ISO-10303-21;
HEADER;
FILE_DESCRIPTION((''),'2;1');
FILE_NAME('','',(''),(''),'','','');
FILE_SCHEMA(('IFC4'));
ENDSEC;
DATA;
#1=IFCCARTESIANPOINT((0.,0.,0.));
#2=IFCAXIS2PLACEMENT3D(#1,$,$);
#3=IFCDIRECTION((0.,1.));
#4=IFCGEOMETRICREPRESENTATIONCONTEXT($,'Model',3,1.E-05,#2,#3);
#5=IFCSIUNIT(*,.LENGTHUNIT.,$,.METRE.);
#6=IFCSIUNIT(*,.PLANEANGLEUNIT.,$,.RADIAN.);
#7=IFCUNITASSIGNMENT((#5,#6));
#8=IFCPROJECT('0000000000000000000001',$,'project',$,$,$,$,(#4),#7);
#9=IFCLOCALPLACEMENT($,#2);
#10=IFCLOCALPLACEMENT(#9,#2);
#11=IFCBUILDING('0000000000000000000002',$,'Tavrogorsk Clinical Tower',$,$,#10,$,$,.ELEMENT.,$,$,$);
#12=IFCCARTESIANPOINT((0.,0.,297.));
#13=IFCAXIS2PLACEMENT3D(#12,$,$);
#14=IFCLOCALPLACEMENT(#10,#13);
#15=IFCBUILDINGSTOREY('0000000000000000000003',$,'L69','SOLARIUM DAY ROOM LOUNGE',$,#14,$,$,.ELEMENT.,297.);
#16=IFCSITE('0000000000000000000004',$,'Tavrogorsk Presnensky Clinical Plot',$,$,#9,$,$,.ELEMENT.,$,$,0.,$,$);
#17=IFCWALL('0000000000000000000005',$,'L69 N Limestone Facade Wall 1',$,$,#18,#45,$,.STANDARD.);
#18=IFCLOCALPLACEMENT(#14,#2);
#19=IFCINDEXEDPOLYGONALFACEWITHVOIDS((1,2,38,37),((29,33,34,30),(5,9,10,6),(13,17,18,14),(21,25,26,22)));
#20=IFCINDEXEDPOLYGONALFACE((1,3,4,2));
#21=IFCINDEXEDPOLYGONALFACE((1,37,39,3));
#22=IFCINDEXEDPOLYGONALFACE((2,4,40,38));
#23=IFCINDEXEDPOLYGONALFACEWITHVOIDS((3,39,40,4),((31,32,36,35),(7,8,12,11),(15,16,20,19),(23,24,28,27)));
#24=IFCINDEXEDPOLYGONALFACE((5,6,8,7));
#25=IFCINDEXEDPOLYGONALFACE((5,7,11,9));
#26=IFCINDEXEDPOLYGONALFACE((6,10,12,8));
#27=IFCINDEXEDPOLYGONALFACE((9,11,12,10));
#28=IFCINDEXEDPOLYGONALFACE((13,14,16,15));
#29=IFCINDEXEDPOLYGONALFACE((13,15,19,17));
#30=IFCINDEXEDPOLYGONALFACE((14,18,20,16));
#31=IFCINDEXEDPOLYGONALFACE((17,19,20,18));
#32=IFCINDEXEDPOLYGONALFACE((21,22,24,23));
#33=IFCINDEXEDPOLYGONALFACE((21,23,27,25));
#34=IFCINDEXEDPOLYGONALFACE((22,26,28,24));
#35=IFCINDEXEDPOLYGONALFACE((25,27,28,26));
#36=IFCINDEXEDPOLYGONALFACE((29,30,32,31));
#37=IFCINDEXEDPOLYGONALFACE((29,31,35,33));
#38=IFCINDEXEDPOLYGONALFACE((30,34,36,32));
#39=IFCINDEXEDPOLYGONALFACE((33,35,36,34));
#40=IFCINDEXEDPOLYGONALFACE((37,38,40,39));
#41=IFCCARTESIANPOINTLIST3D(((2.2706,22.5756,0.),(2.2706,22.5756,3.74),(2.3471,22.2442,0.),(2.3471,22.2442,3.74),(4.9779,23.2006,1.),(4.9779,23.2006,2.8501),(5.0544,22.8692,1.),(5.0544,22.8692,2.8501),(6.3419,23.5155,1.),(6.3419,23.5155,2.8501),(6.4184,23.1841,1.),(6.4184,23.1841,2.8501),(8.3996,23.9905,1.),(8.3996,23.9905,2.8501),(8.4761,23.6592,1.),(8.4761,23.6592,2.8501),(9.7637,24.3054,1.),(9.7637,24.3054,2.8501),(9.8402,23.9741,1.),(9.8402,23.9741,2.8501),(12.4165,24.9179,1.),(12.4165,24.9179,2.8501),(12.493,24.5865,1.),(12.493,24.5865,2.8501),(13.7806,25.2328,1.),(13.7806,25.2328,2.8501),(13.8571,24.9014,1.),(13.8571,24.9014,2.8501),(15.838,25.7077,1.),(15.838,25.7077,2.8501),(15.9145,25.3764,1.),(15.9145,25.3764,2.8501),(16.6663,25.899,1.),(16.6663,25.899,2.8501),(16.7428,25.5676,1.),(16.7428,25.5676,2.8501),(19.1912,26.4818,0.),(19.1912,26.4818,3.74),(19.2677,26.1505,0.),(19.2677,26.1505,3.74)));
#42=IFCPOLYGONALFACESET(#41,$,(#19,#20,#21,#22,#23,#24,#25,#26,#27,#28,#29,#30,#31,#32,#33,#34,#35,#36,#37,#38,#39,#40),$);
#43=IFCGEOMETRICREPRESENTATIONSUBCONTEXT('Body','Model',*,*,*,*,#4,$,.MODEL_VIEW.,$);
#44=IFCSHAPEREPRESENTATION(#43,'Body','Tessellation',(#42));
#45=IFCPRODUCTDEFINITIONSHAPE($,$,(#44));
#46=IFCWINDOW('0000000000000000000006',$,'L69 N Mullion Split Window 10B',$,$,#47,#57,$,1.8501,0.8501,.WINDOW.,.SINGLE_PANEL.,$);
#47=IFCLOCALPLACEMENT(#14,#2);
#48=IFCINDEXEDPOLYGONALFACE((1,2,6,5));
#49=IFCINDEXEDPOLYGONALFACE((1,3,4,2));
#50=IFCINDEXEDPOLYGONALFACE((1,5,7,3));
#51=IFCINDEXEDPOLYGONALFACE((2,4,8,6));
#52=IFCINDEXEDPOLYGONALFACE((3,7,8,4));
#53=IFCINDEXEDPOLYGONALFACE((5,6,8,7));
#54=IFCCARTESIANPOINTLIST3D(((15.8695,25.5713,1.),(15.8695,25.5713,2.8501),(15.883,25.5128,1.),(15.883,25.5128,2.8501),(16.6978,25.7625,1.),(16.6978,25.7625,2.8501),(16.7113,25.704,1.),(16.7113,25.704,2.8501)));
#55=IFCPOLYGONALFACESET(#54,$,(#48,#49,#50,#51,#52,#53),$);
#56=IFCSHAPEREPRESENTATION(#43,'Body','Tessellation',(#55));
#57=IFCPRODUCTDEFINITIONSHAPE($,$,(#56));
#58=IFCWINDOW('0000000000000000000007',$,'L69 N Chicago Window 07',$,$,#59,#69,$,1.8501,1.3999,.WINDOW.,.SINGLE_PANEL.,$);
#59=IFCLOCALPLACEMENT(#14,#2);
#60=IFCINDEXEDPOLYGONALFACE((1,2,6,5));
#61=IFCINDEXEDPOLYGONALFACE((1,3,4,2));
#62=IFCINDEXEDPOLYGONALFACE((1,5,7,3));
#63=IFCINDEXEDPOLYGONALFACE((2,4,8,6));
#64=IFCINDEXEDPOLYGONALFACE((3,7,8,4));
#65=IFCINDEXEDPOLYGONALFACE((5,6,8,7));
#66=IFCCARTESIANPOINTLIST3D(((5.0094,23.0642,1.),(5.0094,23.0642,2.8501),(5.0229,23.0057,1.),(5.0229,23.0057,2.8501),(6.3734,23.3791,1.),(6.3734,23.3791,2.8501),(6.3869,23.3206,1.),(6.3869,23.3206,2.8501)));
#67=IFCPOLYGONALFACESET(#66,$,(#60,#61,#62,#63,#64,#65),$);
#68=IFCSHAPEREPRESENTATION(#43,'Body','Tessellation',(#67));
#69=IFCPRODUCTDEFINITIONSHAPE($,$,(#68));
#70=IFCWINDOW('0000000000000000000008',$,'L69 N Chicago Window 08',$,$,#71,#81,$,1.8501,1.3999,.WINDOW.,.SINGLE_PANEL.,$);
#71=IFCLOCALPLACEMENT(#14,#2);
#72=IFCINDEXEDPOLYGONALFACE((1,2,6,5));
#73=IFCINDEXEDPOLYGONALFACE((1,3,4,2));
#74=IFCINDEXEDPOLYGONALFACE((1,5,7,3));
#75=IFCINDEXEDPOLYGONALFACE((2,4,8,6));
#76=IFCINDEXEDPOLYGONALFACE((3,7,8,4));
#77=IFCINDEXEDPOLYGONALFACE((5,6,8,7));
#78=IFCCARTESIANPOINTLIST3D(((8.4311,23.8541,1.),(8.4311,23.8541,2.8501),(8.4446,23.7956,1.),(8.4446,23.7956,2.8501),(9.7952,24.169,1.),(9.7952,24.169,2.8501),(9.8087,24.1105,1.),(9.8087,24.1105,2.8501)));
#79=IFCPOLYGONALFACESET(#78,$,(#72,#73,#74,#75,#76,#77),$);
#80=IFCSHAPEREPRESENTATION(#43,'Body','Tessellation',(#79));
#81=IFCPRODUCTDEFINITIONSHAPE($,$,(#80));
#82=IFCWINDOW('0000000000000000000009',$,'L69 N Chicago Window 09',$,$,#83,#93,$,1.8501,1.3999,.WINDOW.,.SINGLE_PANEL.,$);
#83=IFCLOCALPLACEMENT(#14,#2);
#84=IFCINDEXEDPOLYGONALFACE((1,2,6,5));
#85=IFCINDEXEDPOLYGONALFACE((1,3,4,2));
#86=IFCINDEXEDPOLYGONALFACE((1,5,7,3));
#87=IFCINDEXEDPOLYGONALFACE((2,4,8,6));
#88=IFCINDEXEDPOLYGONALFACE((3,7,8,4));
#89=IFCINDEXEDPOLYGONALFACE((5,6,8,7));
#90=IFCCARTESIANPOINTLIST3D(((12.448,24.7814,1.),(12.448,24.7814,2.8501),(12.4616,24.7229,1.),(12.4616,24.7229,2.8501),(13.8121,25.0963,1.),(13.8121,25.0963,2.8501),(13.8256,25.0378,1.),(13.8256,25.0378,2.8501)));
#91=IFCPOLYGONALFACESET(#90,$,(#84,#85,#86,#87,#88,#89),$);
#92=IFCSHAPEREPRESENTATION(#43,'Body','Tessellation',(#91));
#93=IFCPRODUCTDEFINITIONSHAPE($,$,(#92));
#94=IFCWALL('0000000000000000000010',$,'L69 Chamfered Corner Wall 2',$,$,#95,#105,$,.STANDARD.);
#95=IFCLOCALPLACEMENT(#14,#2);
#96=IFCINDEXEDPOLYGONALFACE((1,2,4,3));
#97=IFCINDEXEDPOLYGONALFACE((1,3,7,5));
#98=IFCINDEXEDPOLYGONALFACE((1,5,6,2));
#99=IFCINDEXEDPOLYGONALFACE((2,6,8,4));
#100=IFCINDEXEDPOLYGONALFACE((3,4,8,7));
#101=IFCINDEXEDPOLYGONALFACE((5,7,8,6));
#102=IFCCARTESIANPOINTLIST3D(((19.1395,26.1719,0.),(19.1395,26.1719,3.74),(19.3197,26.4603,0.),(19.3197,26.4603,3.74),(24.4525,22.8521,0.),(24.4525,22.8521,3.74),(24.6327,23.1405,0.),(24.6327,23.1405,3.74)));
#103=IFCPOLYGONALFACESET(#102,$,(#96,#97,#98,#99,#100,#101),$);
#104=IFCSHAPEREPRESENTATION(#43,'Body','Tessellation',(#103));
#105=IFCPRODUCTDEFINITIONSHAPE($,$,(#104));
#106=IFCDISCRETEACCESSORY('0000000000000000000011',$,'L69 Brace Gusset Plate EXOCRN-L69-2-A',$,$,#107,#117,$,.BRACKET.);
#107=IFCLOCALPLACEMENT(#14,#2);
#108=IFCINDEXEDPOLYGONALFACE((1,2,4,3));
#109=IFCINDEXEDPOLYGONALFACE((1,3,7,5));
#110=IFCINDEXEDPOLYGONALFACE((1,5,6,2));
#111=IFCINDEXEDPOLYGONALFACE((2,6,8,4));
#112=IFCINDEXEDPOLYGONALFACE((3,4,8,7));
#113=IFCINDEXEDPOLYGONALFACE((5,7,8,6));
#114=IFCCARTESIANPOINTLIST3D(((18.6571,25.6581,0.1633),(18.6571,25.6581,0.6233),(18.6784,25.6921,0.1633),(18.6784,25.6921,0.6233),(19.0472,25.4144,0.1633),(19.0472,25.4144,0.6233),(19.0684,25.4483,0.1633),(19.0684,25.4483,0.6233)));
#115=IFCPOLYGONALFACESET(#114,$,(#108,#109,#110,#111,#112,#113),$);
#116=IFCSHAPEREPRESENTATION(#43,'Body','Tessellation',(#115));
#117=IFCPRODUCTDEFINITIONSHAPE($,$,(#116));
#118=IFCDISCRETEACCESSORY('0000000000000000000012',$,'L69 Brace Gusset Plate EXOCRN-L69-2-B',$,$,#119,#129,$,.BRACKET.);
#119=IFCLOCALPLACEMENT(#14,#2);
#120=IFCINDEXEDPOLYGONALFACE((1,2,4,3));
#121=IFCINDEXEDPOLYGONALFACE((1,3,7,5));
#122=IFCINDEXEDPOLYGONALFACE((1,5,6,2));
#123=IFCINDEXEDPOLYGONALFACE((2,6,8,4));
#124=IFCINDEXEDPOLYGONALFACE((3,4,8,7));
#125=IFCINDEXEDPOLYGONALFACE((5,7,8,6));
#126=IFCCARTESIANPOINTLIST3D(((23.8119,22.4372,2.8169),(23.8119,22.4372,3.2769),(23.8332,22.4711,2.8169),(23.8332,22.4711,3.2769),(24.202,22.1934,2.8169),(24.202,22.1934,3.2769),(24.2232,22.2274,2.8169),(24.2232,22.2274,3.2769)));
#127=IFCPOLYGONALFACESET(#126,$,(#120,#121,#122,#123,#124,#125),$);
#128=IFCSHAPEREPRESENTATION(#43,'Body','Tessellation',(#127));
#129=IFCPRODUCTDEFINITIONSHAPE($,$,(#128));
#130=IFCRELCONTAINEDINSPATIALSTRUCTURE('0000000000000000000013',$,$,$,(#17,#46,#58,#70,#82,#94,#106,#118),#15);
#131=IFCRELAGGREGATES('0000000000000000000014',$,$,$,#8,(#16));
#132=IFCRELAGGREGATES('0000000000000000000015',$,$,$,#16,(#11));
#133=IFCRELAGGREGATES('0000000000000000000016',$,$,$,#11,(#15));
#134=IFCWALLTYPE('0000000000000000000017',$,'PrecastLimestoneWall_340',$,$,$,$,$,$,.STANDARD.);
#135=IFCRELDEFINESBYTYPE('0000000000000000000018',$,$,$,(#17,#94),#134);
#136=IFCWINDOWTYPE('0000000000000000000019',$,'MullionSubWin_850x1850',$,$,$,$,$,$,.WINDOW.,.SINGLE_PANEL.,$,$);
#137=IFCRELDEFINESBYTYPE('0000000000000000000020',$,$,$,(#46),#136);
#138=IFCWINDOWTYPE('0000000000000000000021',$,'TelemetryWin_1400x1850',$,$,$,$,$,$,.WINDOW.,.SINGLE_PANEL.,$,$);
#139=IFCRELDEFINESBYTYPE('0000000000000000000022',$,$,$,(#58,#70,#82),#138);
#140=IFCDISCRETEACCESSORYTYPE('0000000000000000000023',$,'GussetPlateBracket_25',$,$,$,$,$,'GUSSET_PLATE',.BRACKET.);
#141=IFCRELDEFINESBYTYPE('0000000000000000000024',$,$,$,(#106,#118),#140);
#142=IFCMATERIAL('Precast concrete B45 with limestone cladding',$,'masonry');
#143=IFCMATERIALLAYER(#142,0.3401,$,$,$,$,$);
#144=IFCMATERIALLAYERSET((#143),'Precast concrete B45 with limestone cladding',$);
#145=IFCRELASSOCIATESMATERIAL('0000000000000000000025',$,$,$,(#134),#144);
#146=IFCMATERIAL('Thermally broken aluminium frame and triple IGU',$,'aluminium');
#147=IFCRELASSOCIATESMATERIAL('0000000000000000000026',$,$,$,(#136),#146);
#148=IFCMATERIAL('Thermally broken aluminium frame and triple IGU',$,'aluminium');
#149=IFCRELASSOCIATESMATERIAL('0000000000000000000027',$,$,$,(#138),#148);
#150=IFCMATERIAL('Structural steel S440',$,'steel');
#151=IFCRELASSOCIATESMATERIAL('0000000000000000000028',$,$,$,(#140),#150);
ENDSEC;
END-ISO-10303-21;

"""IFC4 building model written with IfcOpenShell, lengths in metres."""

from ifc_helpers import new_model, si_unit, direction, frame, frame_2d, origin, origin_2d, place, context, subcontext, project, spatial, rectangle, extrude, material, layer, layer_set, type_object, element, fill, save


model = new_model("IFC4")

# Units and contexts
model_context = context("Model", 3, precision=1e-05, world=origin(), true_north=direction((0.0, 1.0)))
body_context = subcontext(model_context, "Body", "Model", "MODEL_VIEW")
ifc_project = project(units=[si_unit("LENGTHUNIT", "METRE"), si_unit("PLANEANGLEUNIT", "RADIAN")], contexts=[model_context])

# Site, building, storey
site_placement = place(None, origin())
site = spatial("IfcSite", under=ifc_project, at=site_placement, Name="Tavrogorsk Presnensky Clinical Plot", CompositionType="ELEMENT", RefElevation=0.0)
building_placement = place(site_placement, origin())
building = spatial("IfcBuilding", under=site, at=building_placement, Name="Tavrogorsk Clinical Tower", CompositionType="ELEMENT")
storey_placement = place(building_placement, frame((0.0, 0.0, 297.0)))
storey = spatial("IfcBuildingStorey", under=building, at=storey_placement, Name="L69", Description="SOLARIUM DAY ROOM LOUNGE", CompositionType="ELEMENT", Elevation=297.0)

# Wall, openings, windows
ifc_material_1 = material(Name="Precast concrete B45 with limestone cladding", Category="masonry")
ifc_layer_1 = layer(ifc_material_1, 0.3401)
ifc_layer_set_1 = layer_set([ifc_layer_1], Name="Precast concrete B45 with limestone cladding")
wall_type_1 = type_object("IfcWallType", Name="PrecastLimestoneWall_340", PredefinedType="STANDARD", material=ifc_layer_set_1)
wall_1_placement = place(storey_placement, frame((19.2295, 26.3162, 0.0), z_axis=(0.0, 0.0, 1.0), x_axis=(-0.974372, -0.224941, 0.0)))
wall_1 = element("IfcWall", 1, at=wall_1_placement, inside=storey, type_object=wall_type_1, Name="L69 N Limestone Facade Wall 1", PredefinedType="STANDARD", context=body_context, shape_type="SweptSolid", body=[
    extrude(rectangle(XDim=17.3657, YDim=0.3401, at=frame_2d((8.6829, 0.0))), origin(), (0.0, 0.0, 1.0), 3.74),
])
opening_1_placement = place(wall_1_placement, frame((13.1873, 0.0, 1.0)))
opening_1 = element("IfcOpeningElement", 2, at=opening_1_placement, cuts=wall_1, PredefinedType="OPENING", context=body_context, shape_type="SweptSolid", body=[
    extrude(rectangle(XDim=1.3999, YDim=1.8501, at=frame_2d((0.7, 0.925))), frame((0.0, 0.1799, 0.0), z_axis=(0.0, -1.0, 0.0), x_axis=(1.0, 0.0, 0.0)), (0.0, 0.0, 1.0), 0.3601),
])
opening_2_placement = place(wall_1_placement, frame((9.6755, 0.0, 1.0)))
opening_2 = element("IfcOpeningElement", 3, at=opening_2_placement, cuts=wall_1, PredefinedType="OPENING", context=body_context, shape_type="SweptSolid", body=[
    extrude(rectangle(XDim=1.3999, YDim=1.8501, at=frame_2d((0.7, 0.925))), frame((0.0, 0.1799, 0.0), z_axis=(0.0, -1.0, 0.0), x_axis=(1.0, 0.0, 0.0)), (0.0, 0.0, 1.0), 0.3601),
])
opening_3_placement = place(wall_1_placement, frame((5.553, 0.0, 1.0)))
opening_3 = element("IfcOpeningElement", 4, at=opening_3_placement, cuts=wall_1, PredefinedType="OPENING", context=body_context, shape_type="SweptSolid", body=[
    extrude(rectangle(XDim=1.3999, YDim=1.8501, at=frame_2d((0.7, 0.925))), frame((0.0, 0.1799, 0.0), z_axis=(0.0, -1.0, 0.0), x_axis=(1.0, 0.0, 0.0)), (0.0, 0.0, 1.0), 0.3601),
])
opening_4_placement = place(wall_1_placement, frame((2.5913, 0.0, 1.0)))
opening_4 = element("IfcOpeningElement", 5, at=opening_4_placement, cuts=wall_1, PredefinedType="OPENING", context=body_context, shape_type="SweptSolid", body=[
    extrude(rectangle(XDim=0.8501, YDim=1.8501, at=frame_2d((0.425, 0.925))), frame((0.0, 0.1799, 0.0), z_axis=(0.0, -1.0, 0.0), x_axis=(1.0, 0.0, 0.0)), (0.0, 0.0, 1.0), 0.3601),
])
ifc_material_2 = material(Name="Thermally broken aluminium frame and triple IGU", Category="aluminium")
window_type_1 = type_object("IfcWindowType", Name="MullionSubWin_850x1850", PartitioningType="SINGLE_PANEL", PredefinedType="WINDOW", material=ifc_material_2)
window_1_placement = place(opening_4_placement, origin())
window_1 = element("IfcWindow", 6, at=window_1_placement, inside=storey, type_object=window_type_1, Name="L69 N Mullion Split Window 10B", OverallHeight=1.8501, OverallWidth=0.8501, PartitioningType="SINGLE_PANEL", PredefinedType="WINDOW", context=body_context, shape_type="SweptSolid", body=[
    extrude(rectangle(XDim=0.8501, YDim=1.8501, at=frame_2d((0.425, 0.925))), frame((0.0, 0.03, 0.0), z_axis=(0.0, -1.0, 0.0), x_axis=(1.0, 0.0, 0.0)), (0.0, 0.0, 1.0), 0.0601),
])
fill(opening_4, window_1)
ifc_material_3 = material(Name="Thermally broken aluminium frame and triple IGU", Category="aluminium")
window_type_2 = type_object("IfcWindowType", Name="TelemetryWin_1400x1850", PartitioningType="SINGLE_PANEL", PredefinedType="WINDOW", material=ifc_material_3)
window_2_placement = place(opening_1_placement, origin())
window_2 = element("IfcWindow", 7, at=window_2_placement, inside=storey, type_object=window_type_2, Name="L69 N Chicago Window 07", OverallHeight=1.8501, OverallWidth=1.3999, PartitioningType="SINGLE_PANEL", PredefinedType="WINDOW", context=body_context, shape_type="SweptSolid", body=[
    extrude(rectangle(XDim=1.3999, YDim=1.8501, at=frame_2d((0.7, 0.925))), frame((0.0, 0.03, 0.0), z_axis=(0.0, -1.0, 0.0), x_axis=(1.0, 0.0, 0.0)), (0.0, 0.0, 1.0), 0.0601),
])
fill(opening_1, window_2)
window_3_placement = place(opening_2_placement, origin())
window_3 = element("IfcWindow", 8, at=window_3_placement, inside=storey, type_object=window_type_2, Name="L69 N Chicago Window 08", OverallHeight=1.8501, OverallWidth=1.3999, PartitioningType="SINGLE_PANEL", PredefinedType="WINDOW", context=body_context, shape_type="SweptSolid", body=[
    extrude(rectangle(XDim=1.3999, YDim=1.8501, at=frame_2d((0.7, 0.925))), frame((0.0, 0.03, 0.0), z_axis=(0.0, -1.0, 0.0), x_axis=(1.0, 0.0, 0.0)), (0.0, 0.0, 1.0), 0.0601),
])
fill(opening_2, window_3)
window_4_placement = place(opening_3_placement, origin())
window_4 = element("IfcWindow", 9, at=window_4_placement, inside=storey, type_object=window_type_2, Name="L69 N Chicago Window 09", OverallHeight=1.8501, OverallWidth=1.3999, PartitioningType="SINGLE_PANEL", PredefinedType="WINDOW", context=body_context, shape_type="SweptSolid", body=[
    extrude(rectangle(XDim=1.3999, YDim=1.8501, at=frame_2d((0.7, 0.925))), frame((0.0, 0.03, 0.0), z_axis=(0.0, -1.0, 0.0), x_axis=(1.0, 0.0, 0.0)), (0.0, 0.0, 1.0), 0.0601),
])
fill(opening_3, window_4)

# Wall
wall_2_placement = place(storey_placement, frame((24.5425, 22.9963, 0.0), z_axis=(0.0, 0.0, 1.0), x_axis=(-0.848055, 0.529908, 0.0)))
element("IfcWall", 10, at=wall_2_placement, inside=storey, type_object=wall_type_1, Name="L69 Chamfered Corner Wall 2", PredefinedType="STANDARD", context=body_context, shape_type="SweptSolid", body=[
    extrude(rectangle(XDim=6.2649, YDim=0.3401, at=frame_2d((3.1323, 0.0))), origin(), (0.0, 0.0, 1.0), 3.74),
])

# Discrete accessories
ifc_material_4 = material(Name="Structural steel S440", Category="steel")
discrete_accessory_type = type_object("IfcDiscreteAccessoryType", Name="GussetPlateBracket_25", ElementType="GUSSET_PLATE", PredefinedType="BRACKET", material=ifc_material_4)
for number, where, z_axis, x_axis, name in (
    (11, (18.8628, 25.5532, 0.1633), (0.0, 0.0, 1.0), (0.848048, -0.529919, 0.0), "L69 Brace Gusset Plate EXOCRN-L69-2-A"),
    (12, (24.0176, 22.3323, 2.8169), (0.0, 0.0, 1.0), (0.848048, -0.529919, 0.0), "L69 Brace Gusset Plate EXOCRN-L69-2-B"),
):
    element("IfcDiscreteAccessory", number, at=place(storey_placement, frame(where, z_axis=z_axis, x_axis=x_axis)), inside=storey, type_object=discrete_accessory_type, Name=name, PredefinedType="BRACKET", context=body_context, shape_type="SweptSolid", body=[
        extrude(rectangle(XDim=0.46, YDim=0.04, at=origin_2d()), origin(), (0.0, 0.0, 1.0), 0.46),
    ])

save(model, "model.ifc")
